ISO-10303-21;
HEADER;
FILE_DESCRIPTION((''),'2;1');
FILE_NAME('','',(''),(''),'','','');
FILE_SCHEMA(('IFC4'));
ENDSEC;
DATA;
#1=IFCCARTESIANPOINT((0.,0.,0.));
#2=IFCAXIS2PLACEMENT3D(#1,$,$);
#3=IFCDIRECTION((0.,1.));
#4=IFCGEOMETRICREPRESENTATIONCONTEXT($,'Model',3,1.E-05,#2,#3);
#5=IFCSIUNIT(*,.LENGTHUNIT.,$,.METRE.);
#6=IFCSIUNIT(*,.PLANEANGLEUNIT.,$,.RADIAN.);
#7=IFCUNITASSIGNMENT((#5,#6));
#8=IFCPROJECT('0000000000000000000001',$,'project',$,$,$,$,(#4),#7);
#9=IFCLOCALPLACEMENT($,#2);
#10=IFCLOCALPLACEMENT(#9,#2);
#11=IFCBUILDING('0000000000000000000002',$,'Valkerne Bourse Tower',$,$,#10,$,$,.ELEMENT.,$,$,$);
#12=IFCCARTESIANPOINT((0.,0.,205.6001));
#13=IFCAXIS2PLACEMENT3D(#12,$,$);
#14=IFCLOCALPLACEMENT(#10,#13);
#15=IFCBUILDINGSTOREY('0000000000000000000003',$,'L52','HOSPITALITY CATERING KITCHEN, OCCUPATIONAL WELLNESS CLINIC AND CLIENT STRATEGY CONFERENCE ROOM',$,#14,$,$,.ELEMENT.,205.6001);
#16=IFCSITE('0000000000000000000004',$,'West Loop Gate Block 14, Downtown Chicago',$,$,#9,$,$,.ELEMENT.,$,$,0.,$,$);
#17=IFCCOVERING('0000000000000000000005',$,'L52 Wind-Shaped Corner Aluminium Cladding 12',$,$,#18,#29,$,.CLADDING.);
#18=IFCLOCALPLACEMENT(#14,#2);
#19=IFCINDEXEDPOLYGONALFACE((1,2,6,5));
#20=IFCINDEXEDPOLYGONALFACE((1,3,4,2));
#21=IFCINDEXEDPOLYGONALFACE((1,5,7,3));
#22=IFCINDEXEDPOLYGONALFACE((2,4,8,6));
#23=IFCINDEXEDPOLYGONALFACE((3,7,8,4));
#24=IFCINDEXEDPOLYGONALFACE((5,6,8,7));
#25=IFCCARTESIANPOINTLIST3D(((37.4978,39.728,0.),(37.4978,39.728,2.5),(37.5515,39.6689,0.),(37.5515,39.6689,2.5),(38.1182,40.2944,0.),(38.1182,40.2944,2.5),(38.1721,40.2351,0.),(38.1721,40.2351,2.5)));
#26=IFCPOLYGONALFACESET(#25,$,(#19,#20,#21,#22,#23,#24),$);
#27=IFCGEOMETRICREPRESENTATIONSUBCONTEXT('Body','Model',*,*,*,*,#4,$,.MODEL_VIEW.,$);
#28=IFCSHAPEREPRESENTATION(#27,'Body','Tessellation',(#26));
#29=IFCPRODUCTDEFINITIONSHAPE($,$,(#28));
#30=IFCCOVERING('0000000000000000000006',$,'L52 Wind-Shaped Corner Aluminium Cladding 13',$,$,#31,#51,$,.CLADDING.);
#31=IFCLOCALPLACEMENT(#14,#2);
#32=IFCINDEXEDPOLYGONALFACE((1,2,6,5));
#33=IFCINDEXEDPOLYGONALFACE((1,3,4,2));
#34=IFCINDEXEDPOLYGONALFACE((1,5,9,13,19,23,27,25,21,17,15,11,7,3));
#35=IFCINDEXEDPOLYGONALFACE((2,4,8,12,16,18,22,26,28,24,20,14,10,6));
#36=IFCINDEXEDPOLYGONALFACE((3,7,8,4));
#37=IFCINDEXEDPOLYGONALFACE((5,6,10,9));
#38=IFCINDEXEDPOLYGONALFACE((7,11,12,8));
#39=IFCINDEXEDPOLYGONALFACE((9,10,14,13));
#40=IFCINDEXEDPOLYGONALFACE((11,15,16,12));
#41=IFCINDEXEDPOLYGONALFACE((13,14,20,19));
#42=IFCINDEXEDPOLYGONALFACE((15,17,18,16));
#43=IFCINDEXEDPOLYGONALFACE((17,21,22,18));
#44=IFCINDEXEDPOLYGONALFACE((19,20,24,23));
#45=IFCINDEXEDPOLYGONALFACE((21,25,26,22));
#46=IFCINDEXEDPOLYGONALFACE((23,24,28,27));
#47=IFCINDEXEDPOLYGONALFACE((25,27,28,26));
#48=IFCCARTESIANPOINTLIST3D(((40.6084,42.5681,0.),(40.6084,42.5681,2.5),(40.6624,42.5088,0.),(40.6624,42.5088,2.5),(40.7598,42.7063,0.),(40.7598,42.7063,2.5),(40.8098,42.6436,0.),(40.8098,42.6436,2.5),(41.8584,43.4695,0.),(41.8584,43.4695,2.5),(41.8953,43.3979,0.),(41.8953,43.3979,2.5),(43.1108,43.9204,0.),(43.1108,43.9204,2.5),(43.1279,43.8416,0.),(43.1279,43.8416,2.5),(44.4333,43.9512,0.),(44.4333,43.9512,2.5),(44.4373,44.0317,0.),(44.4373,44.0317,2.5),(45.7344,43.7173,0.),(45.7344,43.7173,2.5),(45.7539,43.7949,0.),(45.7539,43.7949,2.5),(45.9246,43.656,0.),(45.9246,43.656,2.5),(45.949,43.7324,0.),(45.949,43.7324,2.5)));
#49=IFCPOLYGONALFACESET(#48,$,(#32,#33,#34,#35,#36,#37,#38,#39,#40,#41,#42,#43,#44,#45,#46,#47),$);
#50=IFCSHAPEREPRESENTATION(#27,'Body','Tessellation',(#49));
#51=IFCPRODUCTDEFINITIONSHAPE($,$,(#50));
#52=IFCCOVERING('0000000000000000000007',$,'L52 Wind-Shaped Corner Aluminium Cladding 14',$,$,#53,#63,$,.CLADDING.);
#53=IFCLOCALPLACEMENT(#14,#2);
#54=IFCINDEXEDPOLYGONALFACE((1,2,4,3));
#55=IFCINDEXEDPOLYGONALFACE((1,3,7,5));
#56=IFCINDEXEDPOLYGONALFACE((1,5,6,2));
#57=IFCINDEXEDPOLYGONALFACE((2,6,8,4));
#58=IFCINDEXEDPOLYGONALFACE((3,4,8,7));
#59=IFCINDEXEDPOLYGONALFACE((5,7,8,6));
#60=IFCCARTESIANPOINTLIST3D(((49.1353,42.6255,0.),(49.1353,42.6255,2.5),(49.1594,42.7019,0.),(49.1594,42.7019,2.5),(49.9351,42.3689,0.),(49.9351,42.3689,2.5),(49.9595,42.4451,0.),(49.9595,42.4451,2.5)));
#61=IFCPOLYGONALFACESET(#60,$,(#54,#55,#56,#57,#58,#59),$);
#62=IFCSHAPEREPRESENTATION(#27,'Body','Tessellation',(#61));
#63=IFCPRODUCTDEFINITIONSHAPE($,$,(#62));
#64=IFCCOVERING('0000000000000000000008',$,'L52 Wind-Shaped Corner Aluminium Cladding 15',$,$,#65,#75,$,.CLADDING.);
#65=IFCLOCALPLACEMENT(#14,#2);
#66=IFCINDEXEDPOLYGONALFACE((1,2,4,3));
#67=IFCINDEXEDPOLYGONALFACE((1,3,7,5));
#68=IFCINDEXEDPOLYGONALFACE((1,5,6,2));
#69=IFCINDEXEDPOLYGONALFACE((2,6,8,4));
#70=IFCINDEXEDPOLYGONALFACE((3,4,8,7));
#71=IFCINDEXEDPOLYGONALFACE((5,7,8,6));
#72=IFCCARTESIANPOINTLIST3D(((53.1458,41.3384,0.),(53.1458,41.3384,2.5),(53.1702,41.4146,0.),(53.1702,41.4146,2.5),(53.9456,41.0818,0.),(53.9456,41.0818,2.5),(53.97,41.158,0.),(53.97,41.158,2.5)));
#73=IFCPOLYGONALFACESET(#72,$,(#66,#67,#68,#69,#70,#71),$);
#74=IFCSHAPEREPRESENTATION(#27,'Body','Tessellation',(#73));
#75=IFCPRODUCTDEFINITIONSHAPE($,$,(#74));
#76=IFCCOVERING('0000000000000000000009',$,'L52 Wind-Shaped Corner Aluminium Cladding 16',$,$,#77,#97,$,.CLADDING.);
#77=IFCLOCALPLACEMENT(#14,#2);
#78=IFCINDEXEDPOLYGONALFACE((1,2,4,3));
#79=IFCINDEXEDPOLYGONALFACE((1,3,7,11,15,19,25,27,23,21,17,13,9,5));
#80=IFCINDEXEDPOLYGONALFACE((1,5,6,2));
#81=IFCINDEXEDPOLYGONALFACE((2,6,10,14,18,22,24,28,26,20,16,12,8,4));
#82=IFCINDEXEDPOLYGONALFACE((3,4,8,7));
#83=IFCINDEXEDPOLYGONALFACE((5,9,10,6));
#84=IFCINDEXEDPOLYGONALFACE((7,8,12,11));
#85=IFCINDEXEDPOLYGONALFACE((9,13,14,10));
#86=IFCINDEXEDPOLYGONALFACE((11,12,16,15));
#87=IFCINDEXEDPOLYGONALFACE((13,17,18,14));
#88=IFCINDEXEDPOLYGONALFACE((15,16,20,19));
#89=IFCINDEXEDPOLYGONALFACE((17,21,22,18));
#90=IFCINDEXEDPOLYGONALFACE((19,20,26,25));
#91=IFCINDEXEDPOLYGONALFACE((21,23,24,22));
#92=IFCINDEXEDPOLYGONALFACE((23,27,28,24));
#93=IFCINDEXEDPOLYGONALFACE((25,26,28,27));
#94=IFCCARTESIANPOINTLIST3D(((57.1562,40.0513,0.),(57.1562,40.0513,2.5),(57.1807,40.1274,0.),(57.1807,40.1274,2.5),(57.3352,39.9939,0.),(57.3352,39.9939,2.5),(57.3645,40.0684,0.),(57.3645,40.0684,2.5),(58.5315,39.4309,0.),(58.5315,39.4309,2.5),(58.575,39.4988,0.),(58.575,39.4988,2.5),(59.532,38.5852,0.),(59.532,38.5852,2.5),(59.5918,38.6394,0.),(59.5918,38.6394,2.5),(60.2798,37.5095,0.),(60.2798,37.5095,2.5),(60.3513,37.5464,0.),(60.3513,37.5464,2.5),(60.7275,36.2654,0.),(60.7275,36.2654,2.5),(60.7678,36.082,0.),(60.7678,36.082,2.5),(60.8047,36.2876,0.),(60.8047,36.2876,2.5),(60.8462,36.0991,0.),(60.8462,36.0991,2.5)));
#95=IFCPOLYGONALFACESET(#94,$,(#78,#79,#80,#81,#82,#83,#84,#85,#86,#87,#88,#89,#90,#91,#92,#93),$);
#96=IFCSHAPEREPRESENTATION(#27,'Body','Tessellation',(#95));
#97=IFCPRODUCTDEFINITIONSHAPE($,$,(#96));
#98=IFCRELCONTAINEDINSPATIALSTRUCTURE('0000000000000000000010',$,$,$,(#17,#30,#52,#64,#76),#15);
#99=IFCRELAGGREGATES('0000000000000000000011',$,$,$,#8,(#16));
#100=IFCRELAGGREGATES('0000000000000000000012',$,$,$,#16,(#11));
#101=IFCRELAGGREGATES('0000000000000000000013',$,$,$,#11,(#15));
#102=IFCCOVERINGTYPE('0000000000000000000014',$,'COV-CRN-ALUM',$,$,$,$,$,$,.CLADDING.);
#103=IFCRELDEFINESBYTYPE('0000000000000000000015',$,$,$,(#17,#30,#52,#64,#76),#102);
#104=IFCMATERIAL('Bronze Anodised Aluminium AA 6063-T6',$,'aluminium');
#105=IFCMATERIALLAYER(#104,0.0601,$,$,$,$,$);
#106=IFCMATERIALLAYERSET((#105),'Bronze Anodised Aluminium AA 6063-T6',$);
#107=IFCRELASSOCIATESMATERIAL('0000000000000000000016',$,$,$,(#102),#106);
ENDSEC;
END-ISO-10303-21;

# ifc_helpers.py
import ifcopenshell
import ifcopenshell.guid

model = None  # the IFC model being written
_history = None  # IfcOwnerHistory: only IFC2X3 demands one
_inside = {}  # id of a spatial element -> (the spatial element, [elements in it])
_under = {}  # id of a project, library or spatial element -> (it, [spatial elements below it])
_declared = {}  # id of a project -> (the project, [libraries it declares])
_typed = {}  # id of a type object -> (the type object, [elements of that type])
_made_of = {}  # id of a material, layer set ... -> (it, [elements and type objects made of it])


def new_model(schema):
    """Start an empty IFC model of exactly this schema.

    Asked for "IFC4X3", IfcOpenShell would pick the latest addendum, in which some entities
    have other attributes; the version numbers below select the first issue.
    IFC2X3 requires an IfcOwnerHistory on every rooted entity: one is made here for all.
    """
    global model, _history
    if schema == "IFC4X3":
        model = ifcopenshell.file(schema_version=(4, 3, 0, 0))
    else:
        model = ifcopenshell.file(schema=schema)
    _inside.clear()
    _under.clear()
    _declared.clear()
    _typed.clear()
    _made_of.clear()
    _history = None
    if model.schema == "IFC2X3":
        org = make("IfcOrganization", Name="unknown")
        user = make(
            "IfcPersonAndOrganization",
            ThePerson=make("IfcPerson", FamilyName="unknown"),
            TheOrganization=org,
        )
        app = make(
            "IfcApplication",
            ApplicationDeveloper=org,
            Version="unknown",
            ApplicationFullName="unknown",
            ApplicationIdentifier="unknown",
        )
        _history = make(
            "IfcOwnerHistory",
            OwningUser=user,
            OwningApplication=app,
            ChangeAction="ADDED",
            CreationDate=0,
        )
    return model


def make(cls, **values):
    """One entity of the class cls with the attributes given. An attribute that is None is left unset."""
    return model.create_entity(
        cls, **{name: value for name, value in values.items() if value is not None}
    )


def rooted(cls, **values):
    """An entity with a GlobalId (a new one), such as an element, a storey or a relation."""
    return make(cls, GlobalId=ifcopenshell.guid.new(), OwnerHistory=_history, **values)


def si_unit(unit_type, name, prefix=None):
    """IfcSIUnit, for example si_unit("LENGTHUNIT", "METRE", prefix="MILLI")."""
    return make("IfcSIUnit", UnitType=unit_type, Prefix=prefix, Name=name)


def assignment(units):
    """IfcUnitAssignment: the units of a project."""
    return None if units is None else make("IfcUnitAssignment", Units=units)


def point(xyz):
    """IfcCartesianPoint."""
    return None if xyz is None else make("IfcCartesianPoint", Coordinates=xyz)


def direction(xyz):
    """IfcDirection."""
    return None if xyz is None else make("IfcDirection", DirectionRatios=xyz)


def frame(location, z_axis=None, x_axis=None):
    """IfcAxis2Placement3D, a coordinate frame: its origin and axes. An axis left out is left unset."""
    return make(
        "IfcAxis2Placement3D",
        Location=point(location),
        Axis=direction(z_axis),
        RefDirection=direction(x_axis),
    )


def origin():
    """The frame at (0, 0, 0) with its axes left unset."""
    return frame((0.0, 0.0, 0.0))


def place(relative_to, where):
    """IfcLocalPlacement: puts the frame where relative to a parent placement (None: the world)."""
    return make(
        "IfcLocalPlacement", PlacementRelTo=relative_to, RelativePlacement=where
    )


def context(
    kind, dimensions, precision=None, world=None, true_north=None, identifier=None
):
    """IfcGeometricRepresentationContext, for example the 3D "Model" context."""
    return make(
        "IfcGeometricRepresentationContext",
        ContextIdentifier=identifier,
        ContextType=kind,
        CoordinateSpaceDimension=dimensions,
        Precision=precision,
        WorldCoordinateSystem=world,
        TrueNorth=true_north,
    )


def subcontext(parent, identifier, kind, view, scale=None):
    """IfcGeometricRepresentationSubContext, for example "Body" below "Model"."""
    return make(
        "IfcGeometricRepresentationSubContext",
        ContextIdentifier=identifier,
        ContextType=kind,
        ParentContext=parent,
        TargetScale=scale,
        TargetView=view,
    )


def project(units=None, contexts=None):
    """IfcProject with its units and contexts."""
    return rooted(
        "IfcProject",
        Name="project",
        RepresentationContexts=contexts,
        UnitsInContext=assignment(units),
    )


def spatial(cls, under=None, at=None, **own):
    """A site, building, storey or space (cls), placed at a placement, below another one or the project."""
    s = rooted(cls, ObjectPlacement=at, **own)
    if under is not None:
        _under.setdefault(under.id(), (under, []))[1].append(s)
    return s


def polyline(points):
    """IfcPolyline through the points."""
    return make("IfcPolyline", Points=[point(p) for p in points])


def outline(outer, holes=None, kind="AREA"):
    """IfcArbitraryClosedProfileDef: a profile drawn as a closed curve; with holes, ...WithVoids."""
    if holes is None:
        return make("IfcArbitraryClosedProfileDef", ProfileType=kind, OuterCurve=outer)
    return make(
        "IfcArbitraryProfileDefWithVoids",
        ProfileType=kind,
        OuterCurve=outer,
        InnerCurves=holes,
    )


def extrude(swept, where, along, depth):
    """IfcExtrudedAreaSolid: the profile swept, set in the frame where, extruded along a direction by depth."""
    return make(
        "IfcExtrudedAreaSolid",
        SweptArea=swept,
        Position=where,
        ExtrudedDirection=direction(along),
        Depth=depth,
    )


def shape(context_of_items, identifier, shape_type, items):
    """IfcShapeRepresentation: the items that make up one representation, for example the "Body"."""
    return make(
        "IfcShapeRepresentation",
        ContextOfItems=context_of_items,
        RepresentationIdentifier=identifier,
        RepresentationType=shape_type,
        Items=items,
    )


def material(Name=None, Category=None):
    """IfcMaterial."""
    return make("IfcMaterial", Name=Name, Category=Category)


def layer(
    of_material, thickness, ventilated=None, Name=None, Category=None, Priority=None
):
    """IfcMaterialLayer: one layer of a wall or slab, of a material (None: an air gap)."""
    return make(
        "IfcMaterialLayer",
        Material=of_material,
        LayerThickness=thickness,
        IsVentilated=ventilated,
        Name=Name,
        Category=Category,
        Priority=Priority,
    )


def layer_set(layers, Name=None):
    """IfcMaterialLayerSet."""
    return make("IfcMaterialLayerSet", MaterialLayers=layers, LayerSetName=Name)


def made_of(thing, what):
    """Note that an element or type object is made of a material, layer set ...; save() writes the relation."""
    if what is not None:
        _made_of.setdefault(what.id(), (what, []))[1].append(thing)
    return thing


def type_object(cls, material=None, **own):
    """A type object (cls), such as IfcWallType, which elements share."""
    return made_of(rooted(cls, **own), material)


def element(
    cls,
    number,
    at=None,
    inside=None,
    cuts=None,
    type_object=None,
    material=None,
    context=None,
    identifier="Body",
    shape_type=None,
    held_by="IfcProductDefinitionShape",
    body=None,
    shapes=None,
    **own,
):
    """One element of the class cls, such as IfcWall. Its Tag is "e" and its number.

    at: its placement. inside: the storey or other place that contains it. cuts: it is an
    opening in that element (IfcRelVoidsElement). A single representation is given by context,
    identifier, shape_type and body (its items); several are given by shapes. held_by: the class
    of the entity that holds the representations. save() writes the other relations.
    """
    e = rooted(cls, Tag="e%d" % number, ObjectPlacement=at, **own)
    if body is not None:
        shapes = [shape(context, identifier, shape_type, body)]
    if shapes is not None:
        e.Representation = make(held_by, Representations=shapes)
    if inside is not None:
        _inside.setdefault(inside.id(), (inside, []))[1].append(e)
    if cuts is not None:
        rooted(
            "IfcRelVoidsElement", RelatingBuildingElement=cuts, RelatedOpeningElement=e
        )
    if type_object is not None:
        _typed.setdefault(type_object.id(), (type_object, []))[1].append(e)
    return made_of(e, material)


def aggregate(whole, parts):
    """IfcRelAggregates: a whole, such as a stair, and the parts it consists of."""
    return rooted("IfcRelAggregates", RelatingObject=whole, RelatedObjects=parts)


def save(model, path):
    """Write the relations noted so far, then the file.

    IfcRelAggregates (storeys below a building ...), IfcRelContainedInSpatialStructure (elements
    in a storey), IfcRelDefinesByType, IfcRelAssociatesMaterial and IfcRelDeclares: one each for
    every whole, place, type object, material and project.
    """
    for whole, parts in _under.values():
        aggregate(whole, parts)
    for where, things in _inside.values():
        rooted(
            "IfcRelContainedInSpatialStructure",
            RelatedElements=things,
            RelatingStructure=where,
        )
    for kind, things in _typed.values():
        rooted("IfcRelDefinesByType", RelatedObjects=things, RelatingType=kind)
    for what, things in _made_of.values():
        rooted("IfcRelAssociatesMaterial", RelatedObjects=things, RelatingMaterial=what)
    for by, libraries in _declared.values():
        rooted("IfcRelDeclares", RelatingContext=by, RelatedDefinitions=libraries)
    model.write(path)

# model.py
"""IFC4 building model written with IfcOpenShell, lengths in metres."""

from ifc_helpers import new_model, si_unit, direction, frame, origin, place, context, subcontext, project, spatial, polyline, outline, extrude, material, layer, layer_set, type_object, element, save


model = new_model("IFC4")

# Units and contexts
model_context = context("Model", 3, precision=1e-05, world=origin(), true_north=direction((0.0, 1.0)))
body_context = subcontext(model_context, "Body", "Model", "MODEL_VIEW")
ifc_project = project(units=[si_unit("LENGTHUNIT", "METRE"), si_unit("PLANEANGLEUNIT", "RADIAN")], contexts=[model_context])

# Site, building, storey
site_placement = place(None, origin())
site = spatial("IfcSite", under=ifc_project, at=site_placement, Name="West Loop Gate Block 14, Downtown Chicago", CompositionType="ELEMENT", RefElevation=0.0)
building_placement = place(site_placement, origin())
building = spatial("IfcBuilding", under=site, at=building_placement, Name="Valkerne Bourse Tower", CompositionType="ELEMENT")
storey_placement = place(building_placement, frame((0.0, 0.0, 205.6001)))
storey = spatial("IfcBuildingStorey", under=building, at=storey_placement, Name="L52", Description="HOSPITALITY CATERING KITCHEN, OCCUPATIONAL WELLNESS CLINIC AND CLIENT STRATEGY CONFERENCE ROOM", CompositionType="ELEMENT", Elevation=205.6001)

# Coverings
ifc_material_1 = material(Name="Bronze Anodised Aluminium AA 6063-T6", Category="aluminium")
ifc_layer_1 = layer(ifc_material_1, 0.0601)
ifc_layer_set_1 = layer_set([ifc_layer_1], Name="Bronze Anodised Aluminium AA 6063-T6")
covering_type = type_object("IfcCoveringType", Name="COV-CRN-ALUM", PredefinedType="CLADDING", material=ifc_layer_set_1)
covering_1_placement = place(storey_placement, origin())
element("IfcCovering", 1, at=covering_1_placement, inside=storey, type_object=covering_type, Name="L52 Wind-Shaped Corner Aluminium Cladding 12", PredefinedType="CLADDING", context=body_context, shape_type="SweptSolid", body=[
    extrude(outline(polyline([(38.1182, 40.2944), (38.1721, 40.2351), (37.5515, 39.6689), (37.4978, 39.728), (38.1182, 40.2944)])), origin(), (0.0, 0.0, 1.0), 2.5),
])
covering_2_placement = place(storey_placement, origin())
element("IfcCovering", 2, at=covering_2_placement, inside=storey, type_object=covering_type, Name="L52 Wind-Shaped Corner Aluminium Cladding 13", PredefinedType="CLADDING", context=body_context, shape_type="SweptSolid", body=[
    extrude(outline(polyline([(40.7598, 42.7063), (41.8584, 43.4695), (43.1108, 43.9204), (44.4373, 44.0317), (45.7539, 43.7949), (45.949, 43.7324), (45.9246, 43.656), (45.7344, 43.7173), (44.4333, 43.9512), (43.1279, 43.8416), (41.8953, 43.3979), (40.8098, 42.6436), (40.6624, 42.5088), (40.6084, 42.5681), (40.7598, 42.7063)])), origin(), (0.0, 0.0, 1.0), 2.5),
])
covering_3_placement = place(storey_placement, origin())
element("IfcCovering", 3, at=covering_3_placement, inside=storey, type_object=covering_type, Name="L52 Wind-Shaped Corner Aluminium Cladding 14", PredefinedType="CLADDING", context=body_context, shape_type="SweptSolid", body=[
    extrude(outline(polyline([(49.9595, 42.4451), (49.9351, 42.3689), (49.1353, 42.6255), (49.1594, 42.7019), (49.9595, 42.4451)])), origin(), (0.0, 0.0, 1.0), 2.5),
])
covering_4_placement = place(storey_placement, origin())
element("IfcCovering", 4, at=covering_4_placement, inside=storey, type_object=covering_type, Name="L52 Wind-Shaped Corner Aluminium Cladding 15", PredefinedType="CLADDING", context=body_context, shape_type="SweptSolid", body=[
    extrude(outline(polyline([(53.97, 41.158), (53.9456, 41.0818), (53.1458, 41.3384), (53.1702, 41.4146), (53.97, 41.158)])), origin(), (0.0, 0.0, 1.0), 2.5),
])
covering_5_placement = place(storey_placement, origin())
element("IfcCovering", 5, at=covering_5_placement, inside=storey, type_object=covering_type, Name="L52 Wind-Shaped Corner Aluminium Cladding 16", PredefinedType="CLADDING", context=body_context, shape_type="SweptSolid", body=[
    extrude(outline(polyline([(57.3645, 40.0684), (58.575, 39.4988), (59.5918, 38.6394), (60.3513, 37.5464), (60.8047, 36.2876), (60.8462, 36.0991), (60.7678, 36.082), (60.7275, 36.2654), (60.2798, 37.5095), (59.532, 38.5852), (58.5315, 39.4309), (57.3352, 39.9939), (57.1562, 40.0513), (57.1807, 40.1274), (57.3645, 40.0684)])), origin(), (0.0, 0.0, 1.0), 2.5),
])

save(model, "model.ifc")
